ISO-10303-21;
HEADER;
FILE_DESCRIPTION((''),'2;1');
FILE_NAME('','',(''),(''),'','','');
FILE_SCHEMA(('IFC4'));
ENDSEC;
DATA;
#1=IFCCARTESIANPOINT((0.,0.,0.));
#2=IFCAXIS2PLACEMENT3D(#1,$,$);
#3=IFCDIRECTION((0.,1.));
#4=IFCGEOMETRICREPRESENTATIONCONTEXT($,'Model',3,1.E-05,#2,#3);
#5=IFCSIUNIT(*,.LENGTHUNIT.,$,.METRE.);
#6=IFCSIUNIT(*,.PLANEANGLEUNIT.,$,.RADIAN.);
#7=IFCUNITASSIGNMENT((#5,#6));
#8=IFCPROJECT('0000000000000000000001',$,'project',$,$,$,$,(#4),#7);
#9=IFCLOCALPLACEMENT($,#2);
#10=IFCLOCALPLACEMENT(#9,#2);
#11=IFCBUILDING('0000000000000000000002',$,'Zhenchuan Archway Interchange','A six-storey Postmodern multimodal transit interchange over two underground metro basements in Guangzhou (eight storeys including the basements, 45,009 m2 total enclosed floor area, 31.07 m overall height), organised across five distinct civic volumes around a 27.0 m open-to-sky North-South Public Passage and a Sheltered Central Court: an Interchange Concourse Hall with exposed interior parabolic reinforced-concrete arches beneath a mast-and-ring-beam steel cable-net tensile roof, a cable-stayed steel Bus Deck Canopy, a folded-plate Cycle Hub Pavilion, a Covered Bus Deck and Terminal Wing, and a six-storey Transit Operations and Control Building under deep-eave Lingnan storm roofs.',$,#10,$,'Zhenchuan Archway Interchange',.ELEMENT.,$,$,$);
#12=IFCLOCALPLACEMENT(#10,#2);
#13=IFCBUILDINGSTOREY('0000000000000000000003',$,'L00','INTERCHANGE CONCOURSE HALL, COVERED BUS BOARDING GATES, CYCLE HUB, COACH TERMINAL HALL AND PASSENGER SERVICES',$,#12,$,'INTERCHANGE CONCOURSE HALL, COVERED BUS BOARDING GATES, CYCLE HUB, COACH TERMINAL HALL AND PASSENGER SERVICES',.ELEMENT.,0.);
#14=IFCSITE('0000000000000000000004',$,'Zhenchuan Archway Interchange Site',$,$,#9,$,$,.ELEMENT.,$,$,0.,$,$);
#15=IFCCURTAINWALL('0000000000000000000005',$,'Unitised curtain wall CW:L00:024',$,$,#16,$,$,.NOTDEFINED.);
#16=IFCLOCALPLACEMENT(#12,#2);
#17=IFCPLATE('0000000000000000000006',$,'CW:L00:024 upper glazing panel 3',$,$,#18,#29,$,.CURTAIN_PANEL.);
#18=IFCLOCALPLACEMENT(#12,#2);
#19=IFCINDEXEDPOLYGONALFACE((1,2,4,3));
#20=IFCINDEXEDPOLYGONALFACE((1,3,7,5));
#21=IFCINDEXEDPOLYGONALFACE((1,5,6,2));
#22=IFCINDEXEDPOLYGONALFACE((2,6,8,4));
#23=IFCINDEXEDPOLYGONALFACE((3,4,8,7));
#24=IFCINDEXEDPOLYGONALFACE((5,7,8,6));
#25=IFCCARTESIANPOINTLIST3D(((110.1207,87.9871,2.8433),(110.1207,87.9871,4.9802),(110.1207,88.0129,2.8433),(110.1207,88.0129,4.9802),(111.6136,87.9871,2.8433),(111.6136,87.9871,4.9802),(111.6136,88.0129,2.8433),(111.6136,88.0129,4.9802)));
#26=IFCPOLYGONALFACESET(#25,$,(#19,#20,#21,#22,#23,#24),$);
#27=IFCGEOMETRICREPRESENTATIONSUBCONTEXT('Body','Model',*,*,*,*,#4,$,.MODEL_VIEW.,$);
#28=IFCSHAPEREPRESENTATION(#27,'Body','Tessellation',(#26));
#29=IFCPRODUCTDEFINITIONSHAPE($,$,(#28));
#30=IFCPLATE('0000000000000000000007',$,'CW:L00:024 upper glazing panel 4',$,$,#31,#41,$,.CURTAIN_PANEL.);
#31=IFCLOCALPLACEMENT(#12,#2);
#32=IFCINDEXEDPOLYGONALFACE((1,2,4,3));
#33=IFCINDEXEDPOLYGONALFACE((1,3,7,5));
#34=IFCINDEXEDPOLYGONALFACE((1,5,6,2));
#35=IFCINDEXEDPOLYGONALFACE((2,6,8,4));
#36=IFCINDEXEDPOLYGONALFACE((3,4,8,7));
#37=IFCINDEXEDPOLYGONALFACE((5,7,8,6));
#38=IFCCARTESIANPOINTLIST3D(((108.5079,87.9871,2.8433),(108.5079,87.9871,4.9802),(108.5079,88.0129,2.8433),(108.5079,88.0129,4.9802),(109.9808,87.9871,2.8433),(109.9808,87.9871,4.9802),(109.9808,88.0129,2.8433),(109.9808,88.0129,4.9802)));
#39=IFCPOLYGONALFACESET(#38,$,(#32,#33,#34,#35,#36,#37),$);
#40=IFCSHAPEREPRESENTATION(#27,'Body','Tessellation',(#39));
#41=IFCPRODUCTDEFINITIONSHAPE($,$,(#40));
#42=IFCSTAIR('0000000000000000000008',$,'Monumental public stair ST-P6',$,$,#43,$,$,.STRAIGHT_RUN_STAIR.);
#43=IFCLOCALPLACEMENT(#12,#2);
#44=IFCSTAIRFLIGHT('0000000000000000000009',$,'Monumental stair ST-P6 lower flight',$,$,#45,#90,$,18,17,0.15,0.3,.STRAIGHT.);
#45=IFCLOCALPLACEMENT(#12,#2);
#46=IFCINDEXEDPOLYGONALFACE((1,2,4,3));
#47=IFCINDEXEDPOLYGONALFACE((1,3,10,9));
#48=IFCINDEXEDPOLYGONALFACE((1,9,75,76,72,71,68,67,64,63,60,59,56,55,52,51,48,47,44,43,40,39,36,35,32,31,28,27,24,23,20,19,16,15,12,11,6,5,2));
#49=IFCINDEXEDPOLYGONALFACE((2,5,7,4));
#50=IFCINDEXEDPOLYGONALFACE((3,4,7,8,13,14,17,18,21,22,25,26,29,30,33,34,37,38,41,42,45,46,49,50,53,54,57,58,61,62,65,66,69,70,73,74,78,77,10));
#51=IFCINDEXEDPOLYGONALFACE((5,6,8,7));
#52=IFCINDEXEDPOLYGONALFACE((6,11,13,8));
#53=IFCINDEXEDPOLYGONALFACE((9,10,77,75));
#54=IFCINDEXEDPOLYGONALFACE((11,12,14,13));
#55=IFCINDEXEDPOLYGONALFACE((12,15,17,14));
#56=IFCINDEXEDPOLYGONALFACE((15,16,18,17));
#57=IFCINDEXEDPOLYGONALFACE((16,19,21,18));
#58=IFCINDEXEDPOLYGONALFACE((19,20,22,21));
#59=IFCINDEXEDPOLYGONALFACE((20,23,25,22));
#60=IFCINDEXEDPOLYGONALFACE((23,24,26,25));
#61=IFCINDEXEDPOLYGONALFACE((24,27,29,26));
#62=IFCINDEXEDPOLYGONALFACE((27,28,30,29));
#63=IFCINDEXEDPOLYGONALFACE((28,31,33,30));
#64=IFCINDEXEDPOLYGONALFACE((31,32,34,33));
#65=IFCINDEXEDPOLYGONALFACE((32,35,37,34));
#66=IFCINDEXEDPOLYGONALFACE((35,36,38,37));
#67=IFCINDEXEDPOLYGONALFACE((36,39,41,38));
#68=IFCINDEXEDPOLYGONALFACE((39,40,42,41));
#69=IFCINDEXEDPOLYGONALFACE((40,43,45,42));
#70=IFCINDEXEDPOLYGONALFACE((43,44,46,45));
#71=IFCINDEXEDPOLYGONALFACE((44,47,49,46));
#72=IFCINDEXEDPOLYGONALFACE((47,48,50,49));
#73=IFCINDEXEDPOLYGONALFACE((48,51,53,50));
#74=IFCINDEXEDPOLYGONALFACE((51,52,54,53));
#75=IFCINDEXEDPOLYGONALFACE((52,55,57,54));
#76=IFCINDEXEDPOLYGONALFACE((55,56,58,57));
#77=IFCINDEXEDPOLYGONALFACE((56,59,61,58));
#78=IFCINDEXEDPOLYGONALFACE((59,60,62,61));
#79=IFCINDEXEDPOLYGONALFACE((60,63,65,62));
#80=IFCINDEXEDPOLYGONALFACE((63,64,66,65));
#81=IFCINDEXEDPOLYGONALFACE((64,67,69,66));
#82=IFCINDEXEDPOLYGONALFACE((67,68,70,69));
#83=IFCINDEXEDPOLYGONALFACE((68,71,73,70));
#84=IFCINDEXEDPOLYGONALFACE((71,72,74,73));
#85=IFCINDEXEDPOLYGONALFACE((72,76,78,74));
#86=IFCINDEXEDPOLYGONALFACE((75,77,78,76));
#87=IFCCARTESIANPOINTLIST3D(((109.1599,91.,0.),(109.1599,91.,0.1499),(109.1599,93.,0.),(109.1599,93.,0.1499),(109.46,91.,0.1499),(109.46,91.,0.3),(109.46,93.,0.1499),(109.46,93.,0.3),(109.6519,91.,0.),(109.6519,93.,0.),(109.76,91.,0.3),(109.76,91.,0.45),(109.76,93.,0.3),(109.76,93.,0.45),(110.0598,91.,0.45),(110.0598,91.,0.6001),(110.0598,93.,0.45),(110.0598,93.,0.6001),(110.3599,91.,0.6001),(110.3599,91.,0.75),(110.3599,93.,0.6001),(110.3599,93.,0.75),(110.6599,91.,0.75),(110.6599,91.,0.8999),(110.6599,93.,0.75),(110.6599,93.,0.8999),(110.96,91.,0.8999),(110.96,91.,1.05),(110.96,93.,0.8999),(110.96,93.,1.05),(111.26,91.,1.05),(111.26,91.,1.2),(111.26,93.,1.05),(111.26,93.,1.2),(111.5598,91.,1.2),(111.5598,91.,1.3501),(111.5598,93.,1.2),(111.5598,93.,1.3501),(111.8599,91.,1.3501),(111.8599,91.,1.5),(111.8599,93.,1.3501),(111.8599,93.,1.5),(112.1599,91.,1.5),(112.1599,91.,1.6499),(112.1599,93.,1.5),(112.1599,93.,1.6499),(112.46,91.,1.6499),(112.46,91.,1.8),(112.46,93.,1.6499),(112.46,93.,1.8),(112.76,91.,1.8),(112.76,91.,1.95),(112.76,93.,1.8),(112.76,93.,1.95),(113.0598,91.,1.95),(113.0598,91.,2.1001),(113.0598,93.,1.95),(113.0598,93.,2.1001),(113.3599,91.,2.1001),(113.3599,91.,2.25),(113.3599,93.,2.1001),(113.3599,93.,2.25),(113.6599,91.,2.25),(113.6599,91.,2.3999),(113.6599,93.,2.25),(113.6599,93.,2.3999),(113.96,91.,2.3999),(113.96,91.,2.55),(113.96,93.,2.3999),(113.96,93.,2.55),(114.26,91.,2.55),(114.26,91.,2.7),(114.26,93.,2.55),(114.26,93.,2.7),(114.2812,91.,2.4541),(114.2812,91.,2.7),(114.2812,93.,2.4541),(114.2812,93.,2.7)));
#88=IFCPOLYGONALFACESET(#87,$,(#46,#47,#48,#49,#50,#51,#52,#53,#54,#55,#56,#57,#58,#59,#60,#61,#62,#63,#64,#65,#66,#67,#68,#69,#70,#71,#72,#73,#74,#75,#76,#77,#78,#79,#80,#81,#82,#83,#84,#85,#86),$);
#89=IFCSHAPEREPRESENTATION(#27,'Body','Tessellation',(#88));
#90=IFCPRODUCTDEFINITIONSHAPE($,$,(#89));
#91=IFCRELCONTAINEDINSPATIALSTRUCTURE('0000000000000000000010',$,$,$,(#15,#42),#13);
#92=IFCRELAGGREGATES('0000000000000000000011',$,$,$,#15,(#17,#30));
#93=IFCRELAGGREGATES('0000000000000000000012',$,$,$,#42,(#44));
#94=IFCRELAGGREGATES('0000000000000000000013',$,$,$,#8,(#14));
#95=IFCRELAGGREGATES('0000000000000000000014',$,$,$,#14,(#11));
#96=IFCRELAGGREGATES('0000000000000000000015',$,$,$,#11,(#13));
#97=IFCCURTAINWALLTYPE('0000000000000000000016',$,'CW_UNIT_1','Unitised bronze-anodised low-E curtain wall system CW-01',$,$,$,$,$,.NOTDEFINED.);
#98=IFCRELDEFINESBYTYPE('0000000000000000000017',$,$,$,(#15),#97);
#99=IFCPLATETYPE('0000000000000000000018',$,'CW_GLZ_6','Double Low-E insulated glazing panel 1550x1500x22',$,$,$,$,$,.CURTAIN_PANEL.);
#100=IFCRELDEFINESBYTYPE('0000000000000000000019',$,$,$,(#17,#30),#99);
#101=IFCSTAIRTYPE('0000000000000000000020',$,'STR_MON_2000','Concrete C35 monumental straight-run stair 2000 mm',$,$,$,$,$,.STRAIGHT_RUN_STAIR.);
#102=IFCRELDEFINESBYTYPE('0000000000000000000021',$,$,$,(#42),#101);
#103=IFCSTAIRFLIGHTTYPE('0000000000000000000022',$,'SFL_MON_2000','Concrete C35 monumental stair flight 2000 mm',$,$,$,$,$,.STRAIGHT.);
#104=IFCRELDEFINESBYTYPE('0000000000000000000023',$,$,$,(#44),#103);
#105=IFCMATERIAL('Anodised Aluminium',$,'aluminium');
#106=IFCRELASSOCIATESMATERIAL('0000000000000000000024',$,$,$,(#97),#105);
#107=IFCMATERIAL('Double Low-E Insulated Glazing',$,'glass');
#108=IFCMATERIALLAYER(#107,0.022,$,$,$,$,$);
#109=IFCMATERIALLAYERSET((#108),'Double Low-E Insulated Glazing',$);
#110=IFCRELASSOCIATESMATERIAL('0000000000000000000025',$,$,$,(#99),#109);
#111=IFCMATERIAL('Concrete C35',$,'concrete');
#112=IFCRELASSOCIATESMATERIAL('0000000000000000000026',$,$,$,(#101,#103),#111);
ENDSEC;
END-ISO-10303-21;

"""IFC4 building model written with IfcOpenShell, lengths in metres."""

from ifc_helpers import new_model, si_unit, direction, frame, origin, origin_2d, place, context, subcontext, project, spatial, polyline, rectangle, outline, extrude, material, layer, layer_set, type_object, element, aggregate, save


model = new_model("IFC4")

# Units and contexts
model_context = context("Model", 3, precision=1e-05, world=origin(), true_north=direction((0.0, 1.0)))
body_context = subcontext(model_context, "Body", "Model", "MODEL_VIEW")
ifc_project = project(units=[si_unit("LENGTHUNIT", "METRE"), si_unit("PLANEANGLEUNIT", "RADIAN")], contexts=[model_context])

# Site, building, storey
site_placement = place(None, origin())
site = spatial("IfcSite", under=ifc_project, at=site_placement, Name="Zhenchuan Archway Interchange Site", CompositionType="ELEMENT", RefElevation=0.0)
building_placement = place(site_placement, origin())
building = spatial("IfcBuilding", under=site, at=building_placement, Name="Zhenchuan Archway Interchange", Description="A six-storey Postmodern multimodal transit interchange over two underground metro basements in Guangzhou (eight storeys including the basements, 45,009 m2 total enclosed floor area, 31.07 m overall height), organised across five distinct civic volumes around a 27.0 m open-to-sky North-South Public Passage and a Sheltered Central Court: an Interchange Concourse Hall with exposed interior parabolic reinforced-concrete arches beneath a mast-and-ring-beam steel cable-net tensile roof, a cable-stayed steel Bus Deck Canopy, a folded-plate Cycle Hub Pavilion, a Covered Bus Deck and Terminal Wing, and a six-storey Transit Operations and Control Building under deep-eave Lingnan storm roofs.", LongName="Zhenchuan Archway Interchange", CompositionType="ELEMENT")
storey_placement = place(building_placement, origin())
storey = spatial("IfcBuildingStorey", under=building, at=storey_placement, Name="L00", Description="INTERCHANGE CONCOURSE HALL, COVERED BUS BOARDING GATES, CYCLE HUB, COACH TERMINAL HALL AND PASSENGER SERVICES", LongName="INTERCHANGE CONCOURSE HALL, COVERED BUS BOARDING GATES, CYCLE HUB, COACH TERMINAL HALL AND PASSENGER SERVICES", CompositionType="ELEMENT", Elevation=0.0)

# Curtain wall, plates
ifc_material_1 = material(Name="Anodised Aluminium", Category="aluminium")
curtain_wall_type = type_object("IfcCurtainWallType", Name="CW_UNIT_1", Description="Unitised bronze-anodised low-E curtain wall system CW-01", PredefinedType="NOTDEFINED", material=ifc_material_1)
curtain_wall_placement = place(storey_placement, origin())
curtain_wall = element("IfcCurtainWall", 1, at=curtain_wall_placement, inside=storey, type_object=curtain_wall_type, Name="Unitised curtain wall CW:L00:024", PredefinedType="NOTDEFINED")
ifc_material_2 = material(Name="Double Low-E Insulated Glazing", Category="glass")
ifc_layer_1 = layer(ifc_material_2, 0.022)
ifc_layer_set_1 = layer_set([ifc_layer_1], Name="Double Low-E Insulated Glazing")
plate_type_1 = type_object("IfcPlateType", Name="CW_GLZ_6", Description="Double Low-E insulated glazing panel 1550x1500x22", PredefinedType="CURTAIN_PANEL", material=ifc_layer_set_1)
plate_1_placement = place(storey_placement, frame((110.8672, 88.0, 2.8433), z_axis=(0.0, 0.0, 1.0), x_axis=(-1.0, 0.0, 0.0)))
plate_1 = element("IfcPlate", 2, at=plate_1_placement, type_object=plate_type_1, Name="CW:L00:024 upper glazing panel 3", PredefinedType="CURTAIN_PANEL", context=body_context, shape_type="SweptSolid", body=[
    extrude(rectangle(XDim=1.4929, YDim=0.0259, at=origin_2d()), origin(), (0.0, 0.0, 1.0), 2.137),
])
plate_2_placement = place(storey_placement, frame((109.2444, 88.0, 2.8433), z_axis=(0.0, 0.0, 1.0), x_axis=(-1.0, 0.0, 0.0)))
plate_2 = element("IfcPlate", 3, at=plate_2_placement, type_object=plate_type_1, Name="CW:L00:024 upper glazing panel 4", PredefinedType="CURTAIN_PANEL", context=body_context, shape_type="SweptSolid", body=[
    extrude(rectangle(XDim=1.4729, YDim=0.0259, at=origin_2d()), origin(), (0.0, 0.0, 1.0), 2.137),
])
aggregate(curtain_wall, [plate_1, plate_2])

# Stair, stair flight
ifc_material_3 = material(Name="Concrete C35", Category="concrete")
stair_type = type_object("IfcStairType", Name="STR_MON_2000", Description="Concrete C35 monumental straight-run stair 2000 mm", PredefinedType="STRAIGHT_RUN_STAIR", material=ifc_material_3)
stair_placement = place(storey_placement, origin())
stair = element("IfcStair", 4, at=stair_placement, inside=storey, type_object=stair_type, Name="Monumental public stair ST-P6", PredefinedType="STRAIGHT_RUN_STAIR")
stair_flight_type = type_object("IfcStairFlightType", Name="SFL_MON_2000", Description="Concrete C35 monumental stair flight 2000 mm", PredefinedType="STRAIGHT", material=ifc_material_3)
stair_flight_placement = place(storey_placement, frame((109.1599, 92.0, 0.0), z_axis=(0.0, 0.0, 1.0), x_axis=(1.0, 0.0, 0.0)))
stair_flight = element("IfcStairFlight", 5, at=stair_flight_placement, type_object=stair_flight_type, Name="Monumental stair ST-P6 lower flight", NumberOfRisers=18, NumberOfTreads=17, PredefinedType="STRAIGHT", RiserHeight=0.15, TreadLength=0.3, context=body_context, shape_type="SweptSolid", body=[
    extrude(outline(polyline([(0.0, 0.0), (0.0, 0.1499), (0.3, 0.1499), (0.3, 0.3), (0.6001, 0.3), (0.6001, 0.45), (0.8999, 0.45), (0.8999, 0.6001), (1.2, 0.6001), (1.2, 0.75), (1.5, 0.75), (1.5, 0.8999), (1.8, 0.8999), (1.8, 1.05), (2.1001, 1.05), (2.1001, 1.2), (2.3999, 1.2), (2.3999, 1.3501), (2.7, 1.3501), (2.7, 1.5), (3.0, 1.5), (3.0, 1.6499), (3.3, 1.6499), (3.3, 1.8), (3.6001, 1.8), (3.6001, 1.95), (3.8999, 1.95), (3.8999, 2.1001), (4.2, 2.1001), (4.2, 2.25), (4.5, 2.25), (4.5, 2.3999), (4.8, 2.3999), (4.8, 2.55), (5.1001, 2.55), (5.1001, 2.7), (5.1213, 2.7), (5.1213, 2.4541), (0.4919, 0.0), (0.0, 0.0)])), frame((0.0, 1.0, 0.0), z_axis=(0.0, -1.0, 0.0), x_axis=(1.0, 0.0, 0.0)), (0.0, 0.0, 1.0), 2.0),
])
aggregate(stair, [stair_flight])

save(model, "model.ifc")
